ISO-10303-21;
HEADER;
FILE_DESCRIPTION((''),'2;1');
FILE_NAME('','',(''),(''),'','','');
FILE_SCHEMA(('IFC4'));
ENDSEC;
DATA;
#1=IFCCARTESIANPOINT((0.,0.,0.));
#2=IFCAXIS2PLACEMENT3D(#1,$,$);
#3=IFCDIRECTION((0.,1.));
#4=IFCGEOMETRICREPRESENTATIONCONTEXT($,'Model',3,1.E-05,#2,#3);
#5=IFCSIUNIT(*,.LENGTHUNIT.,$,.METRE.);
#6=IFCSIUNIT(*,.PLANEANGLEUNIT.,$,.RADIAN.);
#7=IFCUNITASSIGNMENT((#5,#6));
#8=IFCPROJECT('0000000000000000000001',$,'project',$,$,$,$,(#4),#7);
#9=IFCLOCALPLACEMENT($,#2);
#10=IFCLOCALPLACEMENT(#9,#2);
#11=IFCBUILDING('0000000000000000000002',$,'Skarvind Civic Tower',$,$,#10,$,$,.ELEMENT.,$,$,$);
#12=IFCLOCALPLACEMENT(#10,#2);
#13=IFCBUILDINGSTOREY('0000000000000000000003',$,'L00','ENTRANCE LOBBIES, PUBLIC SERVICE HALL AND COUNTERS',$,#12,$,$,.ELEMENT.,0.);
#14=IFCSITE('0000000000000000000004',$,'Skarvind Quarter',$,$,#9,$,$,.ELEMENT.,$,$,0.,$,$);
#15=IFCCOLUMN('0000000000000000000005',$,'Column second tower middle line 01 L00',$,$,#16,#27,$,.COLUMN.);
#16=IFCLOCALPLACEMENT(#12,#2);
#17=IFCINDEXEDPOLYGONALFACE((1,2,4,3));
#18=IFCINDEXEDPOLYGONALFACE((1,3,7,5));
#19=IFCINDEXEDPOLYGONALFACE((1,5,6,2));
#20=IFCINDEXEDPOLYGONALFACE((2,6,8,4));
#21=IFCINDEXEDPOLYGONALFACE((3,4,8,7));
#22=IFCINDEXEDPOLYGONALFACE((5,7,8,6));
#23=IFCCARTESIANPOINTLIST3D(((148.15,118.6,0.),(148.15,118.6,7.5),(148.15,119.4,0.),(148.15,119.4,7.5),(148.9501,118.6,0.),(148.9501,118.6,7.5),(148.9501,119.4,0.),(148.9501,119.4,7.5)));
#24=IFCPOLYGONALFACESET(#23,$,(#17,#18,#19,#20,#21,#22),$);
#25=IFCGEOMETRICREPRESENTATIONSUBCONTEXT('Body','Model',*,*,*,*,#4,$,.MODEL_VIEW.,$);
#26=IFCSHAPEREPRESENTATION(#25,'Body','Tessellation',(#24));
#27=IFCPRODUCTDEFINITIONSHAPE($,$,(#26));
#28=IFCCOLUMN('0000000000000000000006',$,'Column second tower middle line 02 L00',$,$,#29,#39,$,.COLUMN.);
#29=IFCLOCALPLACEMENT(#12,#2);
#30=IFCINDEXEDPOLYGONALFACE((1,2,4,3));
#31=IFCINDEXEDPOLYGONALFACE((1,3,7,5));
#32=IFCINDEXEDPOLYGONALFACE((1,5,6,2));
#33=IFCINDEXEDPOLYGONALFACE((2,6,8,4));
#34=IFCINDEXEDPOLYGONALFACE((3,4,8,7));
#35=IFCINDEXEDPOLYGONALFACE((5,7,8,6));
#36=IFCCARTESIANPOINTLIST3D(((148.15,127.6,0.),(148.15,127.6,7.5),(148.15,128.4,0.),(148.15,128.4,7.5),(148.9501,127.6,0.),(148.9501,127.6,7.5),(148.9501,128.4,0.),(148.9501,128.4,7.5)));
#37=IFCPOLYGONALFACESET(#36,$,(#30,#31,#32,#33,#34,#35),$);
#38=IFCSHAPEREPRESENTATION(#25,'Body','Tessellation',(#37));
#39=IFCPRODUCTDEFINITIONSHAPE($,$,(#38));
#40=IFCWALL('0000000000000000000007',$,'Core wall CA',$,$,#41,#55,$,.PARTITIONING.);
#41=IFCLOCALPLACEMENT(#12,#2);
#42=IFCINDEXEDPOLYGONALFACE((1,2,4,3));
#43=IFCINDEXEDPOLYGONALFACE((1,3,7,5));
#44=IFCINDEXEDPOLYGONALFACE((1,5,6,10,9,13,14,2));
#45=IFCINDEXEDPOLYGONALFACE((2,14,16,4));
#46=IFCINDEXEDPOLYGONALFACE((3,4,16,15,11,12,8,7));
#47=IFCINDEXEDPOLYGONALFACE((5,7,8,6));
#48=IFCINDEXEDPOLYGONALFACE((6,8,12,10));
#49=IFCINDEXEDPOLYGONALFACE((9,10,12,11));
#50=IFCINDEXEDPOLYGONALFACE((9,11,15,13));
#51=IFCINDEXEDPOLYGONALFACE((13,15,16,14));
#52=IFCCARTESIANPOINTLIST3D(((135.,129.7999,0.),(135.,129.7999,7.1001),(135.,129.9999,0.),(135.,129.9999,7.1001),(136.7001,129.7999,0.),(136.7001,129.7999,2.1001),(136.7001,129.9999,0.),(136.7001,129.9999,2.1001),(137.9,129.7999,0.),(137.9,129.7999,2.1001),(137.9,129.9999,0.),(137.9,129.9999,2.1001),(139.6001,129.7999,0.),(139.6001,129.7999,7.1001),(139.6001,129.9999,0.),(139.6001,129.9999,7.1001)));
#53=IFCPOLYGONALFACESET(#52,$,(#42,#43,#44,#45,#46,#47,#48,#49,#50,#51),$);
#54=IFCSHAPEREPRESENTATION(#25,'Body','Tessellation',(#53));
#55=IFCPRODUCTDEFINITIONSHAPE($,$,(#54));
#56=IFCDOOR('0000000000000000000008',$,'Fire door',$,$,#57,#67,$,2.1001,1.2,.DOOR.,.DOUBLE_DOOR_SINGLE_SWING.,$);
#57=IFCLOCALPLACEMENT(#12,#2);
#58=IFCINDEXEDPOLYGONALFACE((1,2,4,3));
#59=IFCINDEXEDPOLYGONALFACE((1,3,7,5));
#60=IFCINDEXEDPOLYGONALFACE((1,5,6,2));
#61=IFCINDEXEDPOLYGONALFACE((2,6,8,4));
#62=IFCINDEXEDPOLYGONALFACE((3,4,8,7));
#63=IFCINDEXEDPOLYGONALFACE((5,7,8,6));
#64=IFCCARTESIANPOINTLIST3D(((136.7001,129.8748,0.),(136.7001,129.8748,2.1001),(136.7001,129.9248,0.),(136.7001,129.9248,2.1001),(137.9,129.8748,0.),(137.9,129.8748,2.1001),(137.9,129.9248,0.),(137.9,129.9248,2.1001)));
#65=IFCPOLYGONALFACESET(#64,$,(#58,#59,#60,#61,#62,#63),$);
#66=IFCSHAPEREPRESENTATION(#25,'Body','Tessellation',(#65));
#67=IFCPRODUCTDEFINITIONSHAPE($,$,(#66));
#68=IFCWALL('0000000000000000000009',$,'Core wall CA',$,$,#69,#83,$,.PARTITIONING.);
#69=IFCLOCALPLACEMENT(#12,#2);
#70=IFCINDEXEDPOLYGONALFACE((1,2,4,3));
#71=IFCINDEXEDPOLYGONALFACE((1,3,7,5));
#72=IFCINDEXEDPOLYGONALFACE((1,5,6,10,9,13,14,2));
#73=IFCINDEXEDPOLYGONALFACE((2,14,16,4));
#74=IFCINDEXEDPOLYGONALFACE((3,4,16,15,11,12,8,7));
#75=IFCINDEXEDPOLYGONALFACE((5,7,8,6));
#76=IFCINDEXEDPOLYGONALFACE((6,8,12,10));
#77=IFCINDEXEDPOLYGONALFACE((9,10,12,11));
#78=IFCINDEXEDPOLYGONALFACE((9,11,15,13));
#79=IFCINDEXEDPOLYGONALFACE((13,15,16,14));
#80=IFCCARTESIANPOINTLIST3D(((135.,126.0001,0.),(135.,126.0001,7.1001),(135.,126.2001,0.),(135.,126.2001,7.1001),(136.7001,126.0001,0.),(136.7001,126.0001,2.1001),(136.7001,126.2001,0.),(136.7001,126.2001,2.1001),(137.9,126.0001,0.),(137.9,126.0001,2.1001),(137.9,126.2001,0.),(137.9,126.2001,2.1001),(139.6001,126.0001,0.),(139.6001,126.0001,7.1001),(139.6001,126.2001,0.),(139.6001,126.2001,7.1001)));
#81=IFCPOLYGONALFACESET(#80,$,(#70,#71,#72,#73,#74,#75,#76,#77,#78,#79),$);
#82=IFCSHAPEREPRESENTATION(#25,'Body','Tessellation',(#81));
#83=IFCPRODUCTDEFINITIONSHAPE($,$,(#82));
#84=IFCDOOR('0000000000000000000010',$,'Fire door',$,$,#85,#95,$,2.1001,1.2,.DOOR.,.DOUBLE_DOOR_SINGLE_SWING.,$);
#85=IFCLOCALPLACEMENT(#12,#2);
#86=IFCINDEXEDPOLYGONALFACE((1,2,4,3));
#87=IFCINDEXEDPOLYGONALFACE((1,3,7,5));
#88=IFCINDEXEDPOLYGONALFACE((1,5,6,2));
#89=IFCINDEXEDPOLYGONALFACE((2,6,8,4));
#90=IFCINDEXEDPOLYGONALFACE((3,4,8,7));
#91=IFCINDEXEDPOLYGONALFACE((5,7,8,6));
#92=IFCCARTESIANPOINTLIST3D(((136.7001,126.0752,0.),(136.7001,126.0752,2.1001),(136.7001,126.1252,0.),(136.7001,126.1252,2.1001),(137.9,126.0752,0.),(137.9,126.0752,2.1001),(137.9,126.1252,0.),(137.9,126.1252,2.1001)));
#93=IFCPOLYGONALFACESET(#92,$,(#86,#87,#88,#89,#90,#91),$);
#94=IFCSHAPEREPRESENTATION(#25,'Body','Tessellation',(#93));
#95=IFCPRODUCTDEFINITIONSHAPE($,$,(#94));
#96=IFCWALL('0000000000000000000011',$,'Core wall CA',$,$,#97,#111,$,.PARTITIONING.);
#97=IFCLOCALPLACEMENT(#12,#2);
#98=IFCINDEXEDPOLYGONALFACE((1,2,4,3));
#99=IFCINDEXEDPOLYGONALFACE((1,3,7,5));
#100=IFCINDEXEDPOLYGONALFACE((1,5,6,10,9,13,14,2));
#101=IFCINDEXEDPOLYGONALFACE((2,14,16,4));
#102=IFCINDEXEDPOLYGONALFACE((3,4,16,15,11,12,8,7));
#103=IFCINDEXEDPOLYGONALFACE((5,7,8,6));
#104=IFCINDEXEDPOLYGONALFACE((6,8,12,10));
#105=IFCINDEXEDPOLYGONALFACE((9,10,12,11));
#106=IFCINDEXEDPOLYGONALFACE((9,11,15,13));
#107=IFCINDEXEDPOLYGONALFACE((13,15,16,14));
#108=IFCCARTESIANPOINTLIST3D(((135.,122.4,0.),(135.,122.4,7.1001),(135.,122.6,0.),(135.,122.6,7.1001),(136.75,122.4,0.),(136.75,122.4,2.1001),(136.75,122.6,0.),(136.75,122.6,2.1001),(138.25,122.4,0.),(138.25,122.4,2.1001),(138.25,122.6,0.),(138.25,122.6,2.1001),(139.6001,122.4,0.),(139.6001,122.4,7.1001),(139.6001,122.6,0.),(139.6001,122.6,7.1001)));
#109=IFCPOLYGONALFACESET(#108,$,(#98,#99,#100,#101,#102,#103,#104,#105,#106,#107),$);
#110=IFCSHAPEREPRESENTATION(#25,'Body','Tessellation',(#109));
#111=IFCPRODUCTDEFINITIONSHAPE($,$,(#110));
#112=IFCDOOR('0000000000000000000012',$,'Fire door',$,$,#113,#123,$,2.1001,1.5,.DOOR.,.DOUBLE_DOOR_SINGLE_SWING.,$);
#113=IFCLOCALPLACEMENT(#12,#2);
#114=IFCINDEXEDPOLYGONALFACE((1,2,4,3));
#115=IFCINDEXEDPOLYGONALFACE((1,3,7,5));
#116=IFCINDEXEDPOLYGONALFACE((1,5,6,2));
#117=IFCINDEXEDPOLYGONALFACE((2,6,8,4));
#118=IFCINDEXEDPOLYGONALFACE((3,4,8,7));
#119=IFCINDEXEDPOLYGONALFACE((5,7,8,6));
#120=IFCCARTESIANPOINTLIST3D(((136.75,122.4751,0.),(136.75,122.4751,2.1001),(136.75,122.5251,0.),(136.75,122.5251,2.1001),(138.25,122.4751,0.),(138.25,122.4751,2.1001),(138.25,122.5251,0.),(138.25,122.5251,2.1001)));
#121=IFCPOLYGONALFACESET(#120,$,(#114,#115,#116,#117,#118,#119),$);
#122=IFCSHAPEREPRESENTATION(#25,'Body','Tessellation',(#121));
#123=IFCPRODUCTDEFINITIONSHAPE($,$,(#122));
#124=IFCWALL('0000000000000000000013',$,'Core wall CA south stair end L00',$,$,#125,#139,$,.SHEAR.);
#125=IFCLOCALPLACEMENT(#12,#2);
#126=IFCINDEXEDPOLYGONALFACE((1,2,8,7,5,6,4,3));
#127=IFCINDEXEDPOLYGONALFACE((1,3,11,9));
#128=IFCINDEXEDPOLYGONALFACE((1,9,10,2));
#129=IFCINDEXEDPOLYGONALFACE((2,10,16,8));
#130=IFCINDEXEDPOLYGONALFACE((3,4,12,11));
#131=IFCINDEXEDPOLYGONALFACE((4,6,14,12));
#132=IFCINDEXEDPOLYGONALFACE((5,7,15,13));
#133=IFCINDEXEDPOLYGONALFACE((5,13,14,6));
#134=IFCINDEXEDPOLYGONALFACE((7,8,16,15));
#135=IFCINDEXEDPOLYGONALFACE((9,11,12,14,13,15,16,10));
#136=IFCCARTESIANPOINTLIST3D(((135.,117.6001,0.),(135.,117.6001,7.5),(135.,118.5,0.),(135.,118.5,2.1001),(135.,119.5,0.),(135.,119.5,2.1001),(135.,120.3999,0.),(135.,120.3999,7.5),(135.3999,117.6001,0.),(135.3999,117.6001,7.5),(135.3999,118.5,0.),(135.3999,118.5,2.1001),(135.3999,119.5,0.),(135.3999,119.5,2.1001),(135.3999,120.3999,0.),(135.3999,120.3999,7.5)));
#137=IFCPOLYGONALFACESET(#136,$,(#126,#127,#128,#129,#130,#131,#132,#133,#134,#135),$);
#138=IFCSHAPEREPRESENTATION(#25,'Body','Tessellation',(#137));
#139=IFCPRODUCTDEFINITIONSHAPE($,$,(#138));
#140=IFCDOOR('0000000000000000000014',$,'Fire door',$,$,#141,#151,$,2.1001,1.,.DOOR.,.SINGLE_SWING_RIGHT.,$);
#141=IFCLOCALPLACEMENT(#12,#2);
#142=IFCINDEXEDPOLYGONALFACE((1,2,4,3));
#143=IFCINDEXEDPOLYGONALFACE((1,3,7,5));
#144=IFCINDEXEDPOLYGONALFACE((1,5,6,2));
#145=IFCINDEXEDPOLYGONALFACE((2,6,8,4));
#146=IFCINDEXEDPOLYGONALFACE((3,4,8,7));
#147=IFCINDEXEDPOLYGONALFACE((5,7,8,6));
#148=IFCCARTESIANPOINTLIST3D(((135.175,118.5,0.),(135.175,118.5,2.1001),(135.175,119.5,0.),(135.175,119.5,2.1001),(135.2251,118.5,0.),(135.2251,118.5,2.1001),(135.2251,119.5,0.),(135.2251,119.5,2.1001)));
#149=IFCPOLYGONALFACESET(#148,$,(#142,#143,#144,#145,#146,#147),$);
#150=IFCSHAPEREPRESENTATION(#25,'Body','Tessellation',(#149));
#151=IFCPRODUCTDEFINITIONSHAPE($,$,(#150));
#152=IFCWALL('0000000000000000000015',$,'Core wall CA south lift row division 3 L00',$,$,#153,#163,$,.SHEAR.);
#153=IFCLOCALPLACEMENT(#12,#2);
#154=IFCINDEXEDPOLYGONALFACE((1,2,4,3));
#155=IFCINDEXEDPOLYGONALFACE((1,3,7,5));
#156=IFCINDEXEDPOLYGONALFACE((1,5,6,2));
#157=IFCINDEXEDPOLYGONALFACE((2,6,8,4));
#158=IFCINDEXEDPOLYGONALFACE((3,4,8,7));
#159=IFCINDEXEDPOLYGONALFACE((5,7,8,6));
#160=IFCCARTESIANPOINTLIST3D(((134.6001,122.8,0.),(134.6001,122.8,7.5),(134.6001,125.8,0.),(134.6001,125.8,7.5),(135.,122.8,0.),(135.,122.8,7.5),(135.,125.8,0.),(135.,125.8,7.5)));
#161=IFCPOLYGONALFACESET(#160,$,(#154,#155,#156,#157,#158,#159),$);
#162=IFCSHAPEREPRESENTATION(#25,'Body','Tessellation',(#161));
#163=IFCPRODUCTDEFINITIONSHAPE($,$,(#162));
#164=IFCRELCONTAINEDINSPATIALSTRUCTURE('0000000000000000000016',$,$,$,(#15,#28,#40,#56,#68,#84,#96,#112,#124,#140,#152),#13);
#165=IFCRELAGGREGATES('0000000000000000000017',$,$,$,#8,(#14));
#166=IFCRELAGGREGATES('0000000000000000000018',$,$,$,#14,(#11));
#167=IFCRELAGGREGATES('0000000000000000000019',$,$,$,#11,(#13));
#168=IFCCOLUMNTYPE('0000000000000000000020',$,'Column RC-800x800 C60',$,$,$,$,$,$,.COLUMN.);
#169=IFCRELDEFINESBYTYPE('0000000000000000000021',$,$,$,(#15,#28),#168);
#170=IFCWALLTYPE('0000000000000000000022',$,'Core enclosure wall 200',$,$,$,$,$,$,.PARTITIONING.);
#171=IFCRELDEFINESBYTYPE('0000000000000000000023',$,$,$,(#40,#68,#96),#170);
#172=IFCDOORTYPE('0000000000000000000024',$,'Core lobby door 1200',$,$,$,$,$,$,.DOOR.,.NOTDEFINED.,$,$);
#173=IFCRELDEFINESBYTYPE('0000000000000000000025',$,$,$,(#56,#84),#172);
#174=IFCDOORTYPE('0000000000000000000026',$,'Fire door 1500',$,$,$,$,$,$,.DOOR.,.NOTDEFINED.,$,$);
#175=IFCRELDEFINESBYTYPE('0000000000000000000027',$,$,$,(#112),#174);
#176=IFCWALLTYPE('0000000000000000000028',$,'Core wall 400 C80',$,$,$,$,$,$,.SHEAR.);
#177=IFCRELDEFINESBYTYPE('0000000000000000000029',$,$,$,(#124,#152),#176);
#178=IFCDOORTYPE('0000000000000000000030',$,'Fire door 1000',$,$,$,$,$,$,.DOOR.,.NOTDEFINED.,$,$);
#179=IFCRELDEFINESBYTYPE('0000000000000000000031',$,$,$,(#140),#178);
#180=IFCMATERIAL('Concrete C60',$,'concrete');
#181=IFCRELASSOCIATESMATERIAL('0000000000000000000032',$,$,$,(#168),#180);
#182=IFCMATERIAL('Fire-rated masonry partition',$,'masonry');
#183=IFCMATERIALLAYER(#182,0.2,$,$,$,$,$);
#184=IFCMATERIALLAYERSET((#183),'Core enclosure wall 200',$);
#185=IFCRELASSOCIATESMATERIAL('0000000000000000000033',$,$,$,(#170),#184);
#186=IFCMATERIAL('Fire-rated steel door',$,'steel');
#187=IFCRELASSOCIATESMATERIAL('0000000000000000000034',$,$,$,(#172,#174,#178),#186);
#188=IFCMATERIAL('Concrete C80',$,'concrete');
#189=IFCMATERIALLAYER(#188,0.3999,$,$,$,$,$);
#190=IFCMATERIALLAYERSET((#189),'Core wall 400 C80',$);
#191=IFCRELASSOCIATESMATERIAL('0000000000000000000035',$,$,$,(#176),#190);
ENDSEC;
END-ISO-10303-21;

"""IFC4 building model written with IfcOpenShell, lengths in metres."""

from ifc_helpers import new_model, si_unit, direction, frame, frame_2d, origin, origin_2d, place, context, subcontext, project, spatial, rectangle, extrude, material, layer, layer_set, material_profile, profile_set, type_object, element, fill, save


model = new_model("IFC4")

# Units and contexts
model_context = context("Model", 3, precision=1e-05, world=origin(), true_north=direction((0.0, 1.0)))
body_context = subcontext(model_context, "Body", "Model", "MODEL_VIEW")
ifc_project = project(units=[si_unit("LENGTHUNIT", "METRE"), si_unit("PLANEANGLEUNIT", "RADIAN")], contexts=[model_context])

# Site, building, storey
site_placement = place(None, origin())
site = spatial("IfcSite", under=ifc_project, at=site_placement, Name="Skarvind Quarter", CompositionType="ELEMENT", RefElevation=0.0)
building_placement = place(site_placement, origin())
building = spatial("IfcBuilding", under=site, at=building_placement, Name="Skarvind Civic Tower", CompositionType="ELEMENT")
storey_placement = place(building_placement, origin())
storey = spatial("IfcBuildingStorey", under=building, at=storey_placement, Name="L00", Description="ENTRANCE LOBBIES, PUBLIC SERVICE HALL AND COUNTERS", CompositionType="ELEMENT", Elevation=0.0)

# Columns
ifc_material_1 = material(Name="Concrete C60", Category="concrete")
ifc_material_profile = material_profile(ifc_material_1, rectangle(XDim=0.8, YDim=0.8, at=origin_2d()), Name="RC-800x800")
ifc_profile_set = profile_set([ifc_material_profile], Name="Concrete C60")
column_type = type_object("IfcColumnType", Name="Column RC-800x800 C60", PredefinedType="COLUMN", material=ifc_profile_set)
for number, where, z_axis, x_axis, name in (
    (1, (148.55, 119.0, 0.0), (0.0, 0.0, 1.0), (1.0, 0.0, 0.0), "Column second tower middle line 01 L00"),
    (2, (148.55, 128.0, 0.0), (0.0, 0.0, 1.0), (1.0, 0.0, 0.0), "Column second tower middle line 02 L00"),
):
    element("IfcColumn", number, at=place(storey_placement, frame(where, z_axis=z_axis, x_axis=x_axis)), inside=storey, type_object=column_type, Name=name, PredefinedType="COLUMN", context=body_context, shape_type="SweptSolid", body=[
        extrude(rectangle(XDim=0.8, YDim=0.8, at=origin_2d()), origin(), (0.0, 0.0, 1.0), 7.5),
    ])

# Walls, openings, doors
ifc_material_2 = material(Name="Fire-rated masonry partition", Category="masonry")
ifc_layer_1 = layer(ifc_material_2, 0.2)
ifc_layer_set_1 = layer_set([ifc_layer_1], Name="Core enclosure wall 200")
wall_type_1 = type_object("IfcWallType", Name="Core enclosure wall 200", PredefinedType="PARTITIONING", material=ifc_layer_set_1)
wall_1_placement = place(storey_placement, frame((135.0, 129.8999, 0.0), z_axis=(0.0, 0.0, 1.0), x_axis=(1.0, 0.0, 0.0)))
wall_1 = element("IfcWall", 3, at=wall_1_placement, inside=storey, type_object=wall_type_1, Name="Core wall CA", PredefinedType="PARTITIONING", context=body_context, shape_type="SweptSolid", body=[
    extrude(rectangle(XDim=4.6001, YDim=0.2, at=frame_2d((2.3, 0.0))), origin(), (0.0, 0.0, 1.0), 7.1001),
])
opening_1_placement = place(wall_1_placement, frame((1.7, 0.0, 0.0)))
opening_1 = element("IfcOpeningElement", 4, at=opening_1_placement, cuts=wall_1, PredefinedType="OPENING", context=body_context, shape_type="SweptSolid", body=[
    extrude(rectangle(XDim=1.2, YDim=2.1001, at=frame_2d((0.6001, 1.05))), frame((0.0, 0.1099, 0.0), z_axis=(0.0, -1.0, 0.0), x_axis=(1.0, 0.0, 0.0)), (0.0, 0.0, 1.0), 0.22),
])
ifc_material_3 = material(Name="Fire-rated steel door", Category="steel")
door_type_1 = type_object("IfcDoorType", Name="Core lobby door 1200", OperationType="NOTDEFINED", PredefinedType="DOOR", material=ifc_material_3)
door_1_placement = place(opening_1_placement, origin())
door_1 = element("IfcDoor", 5, at=door_1_placement, inside=storey, type_object=door_type_1, Name="Fire door", OperationType="DOUBLE_DOOR_SINGLE_SWING", OverallHeight=2.1001, OverallWidth=1.2, PredefinedType="DOOR", context=body_context, shape_type="SweptSolid", body=[
    extrude(rectangle(XDim=1.2, YDim=2.1001, at=frame_2d((0.6001, 1.05))), frame((0.0, 0.0249, 0.0), z_axis=(0.0, -1.0, 0.0), x_axis=(1.0, 0.0, 0.0)), (0.0, 0.0, 1.0), 0.05),
])
fill(opening_1, door_1)
wall_2_placement = place(storey_placement, frame((139.6001, 126.1001, 0.0), z_axis=(0.0, 0.0, 1.0), x_axis=(-1.0, 0.0, 0.0)))
wall_2 = element("IfcWall", 6, at=wall_2_placement, inside=storey, type_object=wall_type_1, Name="Core wall CA", PredefinedType="PARTITIONING", context=body_context, shape_type="SweptSolid", body=[
    extrude(rectangle(XDim=4.6001, YDim=0.2, at=frame_2d((2.3, 0.0))), origin(), (0.0, 0.0, 1.0), 7.1001),
])
opening_2_placement = place(wall_2_placement, frame((1.7, 0.0, 0.0)))
opening_2 = element("IfcOpeningElement", 7, at=opening_2_placement, cuts=wall_2, PredefinedType="OPENING", context=body_context, shape_type="SweptSolid", body=[
    extrude(rectangle(XDim=1.2, YDim=2.1001, at=frame_2d((0.6001, 1.05))), frame((0.0, 0.1099, 0.0), z_axis=(0.0, -1.0, 0.0), x_axis=(1.0, 0.0, 0.0)), (0.0, 0.0, 1.0), 0.22),
])
door_2_placement = place(opening_2_placement, origin())
door_2 = element("IfcDoor", 8, at=door_2_placement, inside=storey, type_object=door_type_1, Name="Fire door", OperationType="DOUBLE_DOOR_SINGLE_SWING", OverallHeight=2.1001, OverallWidth=1.2, PredefinedType="DOOR", context=body_context, shape_type="SweptSolid", body=[
    extrude(rectangle(XDim=1.2, YDim=2.1001, at=frame_2d((0.6001, 1.05))), frame((0.0, 0.0249, 0.0), z_axis=(0.0, -1.0, 0.0), x_axis=(1.0, 0.0, 0.0)), (0.0, 0.0, 1.0), 0.05),
])
fill(opening_2, door_2)
wall_3_placement = place(storey_placement, frame((139.6001, 122.5, 0.0), z_axis=(0.0, 0.0, 1.0), x_axis=(-1.0, 0.0, 0.0)))
wall_3 = element("IfcWall", 9, at=wall_3_placement, inside=storey, type_object=wall_type_1, Name="Core wall CA", PredefinedType="PARTITIONING", context=body_context, shape_type="SweptSolid", body=[
    extrude(rectangle(XDim=4.6001, YDim=0.2, at=frame_2d((2.3, 0.0))), origin(), (0.0, 0.0, 1.0), 7.1001),
])
opening_3_placement = place(wall_3_placement, frame((1.3501, 0.0, 0.0)))
opening_3 = element("IfcOpeningElement", 10, at=opening_3_placement, cuts=wall_3, PredefinedType="OPENING", context=body_context, shape_type="SweptSolid", body=[
    extrude(rectangle(XDim=1.5, YDim=2.1001, at=frame_2d((0.75, 1.05))), frame((0.0, 0.1099, 0.0), z_axis=(0.0, -1.0, 0.0), x_axis=(1.0, 0.0, 0.0)), (0.0, 0.0, 1.0), 0.22),
])
door_type_2 = type_object("IfcDoorType", Name="Fire door 1500", OperationType="NOTDEFINED", PredefinedType="DOOR", material=ifc_material_3)
door_3_placement = place(opening_3_placement, origin())
door_3 = element("IfcDoor", 11, at=door_3_placement, inside=storey, type_object=door_type_2, Name="Fire door", OperationType="DOUBLE_DOOR_SINGLE_SWING", OverallHeight=2.1001, OverallWidth=1.5, PredefinedType="DOOR", context=body_context, shape_type="SweptSolid", body=[
    extrude(rectangle(XDim=1.5, YDim=2.1001, at=frame_2d((0.75, 1.05))), frame((0.0, 0.0249, 0.0), z_axis=(0.0, -1.0, 0.0), x_axis=(1.0, 0.0, 0.0)), (0.0, 0.0, 1.0), 0.05),
])
fill(opening_3, door_3)
ifc_material_4 = material(Name="Concrete C80", Category="concrete")
ifc_layer_2 = layer(ifc_material_4, 0.3999)
ifc_layer_set_2 = layer_set([ifc_layer_2], Name="Core wall 400 C80")
wall_type_2 = type_object("IfcWallType", Name="Core wall 400 C80", PredefinedType="SHEAR", material=ifc_layer_set_2)
wall_4_placement = place(storey_placement, frame((135.2, 117.6001, 0.0), z_axis=(0.0, 0.0, 1.0), x_axis=(0.0, 1.0, 0.0)))
wall_4 = element("IfcWall", 12, at=wall_4_placement, inside=storey, type_object=wall_type_2, Name="Core wall CA south stair end L00", PredefinedType="SHEAR", context=body_context, shape_type="SweptSolid", body=[
    extrude(rectangle(XDim=2.7998, YDim=0.3999, at=frame_2d((1.3999, 0.0))), origin(), (0.0, 0.0, 1.0), 7.5),
])
opening_4_placement = place(wall_4_placement, frame((0.8999, 0.0, 0.0)))
opening_4 = element("IfcOpeningElement", 13, at=opening_4_placement, cuts=wall_4, PredefinedType="OPENING", context=body_context, shape_type="SweptSolid", body=[
    extrude(rectangle(XDim=1.0, YDim=2.1001, at=frame_2d((0.5, 1.05))), frame((0.0, 0.21, 0.0), z_axis=(0.0, -1.0, 0.0), x_axis=(1.0, 0.0, 0.0)), (0.0, 0.0, 1.0), 0.4199),
])
door_type_3 = type_object("IfcDoorType", Name="Fire door 1000", OperationType="NOTDEFINED", PredefinedType="DOOR", material=ifc_material_3)
door_4_placement = place(opening_4_placement, origin())
door_4 = element("IfcDoor", 14, at=door_4_placement, inside=storey, type_object=door_type_3, Name="Fire door", OperationType="SINGLE_SWING_RIGHT", OverallHeight=2.1001, OverallWidth=1.0, PredefinedType="DOOR", context=body_context, shape_type="SweptSolid", body=[
    extrude(rectangle(XDim=1.0, YDim=2.1001, at=frame_2d((0.5, 1.05))), frame((0.0, 0.0249, 0.0), z_axis=(0.0, -1.0, 0.0), x_axis=(1.0, 0.0, 0.0)), (0.0, 0.0, 1.0), 0.05),
])
fill(opening_4, door_4)

# Wall
wall_5_placement = place(storey_placement, frame((134.8, 122.8, 0.0), z_axis=(0.0, 0.0, 1.0), x_axis=(0.0, 1.0, 0.0)))
element("IfcWall", 15, at=wall_5_placement, inside=storey, type_object=wall_type_2, Name="Core wall CA south lift row division 3 L00", PredefinedType="SHEAR", context=body_context, shape_type="SweptSolid", body=[
    extrude(rectangle(XDim=3.0, YDim=0.3999, at=frame_2d((1.5, 0.0))), origin(), (0.0, 0.0, 1.0), 7.5),
])

save(model, "model.ifc")
